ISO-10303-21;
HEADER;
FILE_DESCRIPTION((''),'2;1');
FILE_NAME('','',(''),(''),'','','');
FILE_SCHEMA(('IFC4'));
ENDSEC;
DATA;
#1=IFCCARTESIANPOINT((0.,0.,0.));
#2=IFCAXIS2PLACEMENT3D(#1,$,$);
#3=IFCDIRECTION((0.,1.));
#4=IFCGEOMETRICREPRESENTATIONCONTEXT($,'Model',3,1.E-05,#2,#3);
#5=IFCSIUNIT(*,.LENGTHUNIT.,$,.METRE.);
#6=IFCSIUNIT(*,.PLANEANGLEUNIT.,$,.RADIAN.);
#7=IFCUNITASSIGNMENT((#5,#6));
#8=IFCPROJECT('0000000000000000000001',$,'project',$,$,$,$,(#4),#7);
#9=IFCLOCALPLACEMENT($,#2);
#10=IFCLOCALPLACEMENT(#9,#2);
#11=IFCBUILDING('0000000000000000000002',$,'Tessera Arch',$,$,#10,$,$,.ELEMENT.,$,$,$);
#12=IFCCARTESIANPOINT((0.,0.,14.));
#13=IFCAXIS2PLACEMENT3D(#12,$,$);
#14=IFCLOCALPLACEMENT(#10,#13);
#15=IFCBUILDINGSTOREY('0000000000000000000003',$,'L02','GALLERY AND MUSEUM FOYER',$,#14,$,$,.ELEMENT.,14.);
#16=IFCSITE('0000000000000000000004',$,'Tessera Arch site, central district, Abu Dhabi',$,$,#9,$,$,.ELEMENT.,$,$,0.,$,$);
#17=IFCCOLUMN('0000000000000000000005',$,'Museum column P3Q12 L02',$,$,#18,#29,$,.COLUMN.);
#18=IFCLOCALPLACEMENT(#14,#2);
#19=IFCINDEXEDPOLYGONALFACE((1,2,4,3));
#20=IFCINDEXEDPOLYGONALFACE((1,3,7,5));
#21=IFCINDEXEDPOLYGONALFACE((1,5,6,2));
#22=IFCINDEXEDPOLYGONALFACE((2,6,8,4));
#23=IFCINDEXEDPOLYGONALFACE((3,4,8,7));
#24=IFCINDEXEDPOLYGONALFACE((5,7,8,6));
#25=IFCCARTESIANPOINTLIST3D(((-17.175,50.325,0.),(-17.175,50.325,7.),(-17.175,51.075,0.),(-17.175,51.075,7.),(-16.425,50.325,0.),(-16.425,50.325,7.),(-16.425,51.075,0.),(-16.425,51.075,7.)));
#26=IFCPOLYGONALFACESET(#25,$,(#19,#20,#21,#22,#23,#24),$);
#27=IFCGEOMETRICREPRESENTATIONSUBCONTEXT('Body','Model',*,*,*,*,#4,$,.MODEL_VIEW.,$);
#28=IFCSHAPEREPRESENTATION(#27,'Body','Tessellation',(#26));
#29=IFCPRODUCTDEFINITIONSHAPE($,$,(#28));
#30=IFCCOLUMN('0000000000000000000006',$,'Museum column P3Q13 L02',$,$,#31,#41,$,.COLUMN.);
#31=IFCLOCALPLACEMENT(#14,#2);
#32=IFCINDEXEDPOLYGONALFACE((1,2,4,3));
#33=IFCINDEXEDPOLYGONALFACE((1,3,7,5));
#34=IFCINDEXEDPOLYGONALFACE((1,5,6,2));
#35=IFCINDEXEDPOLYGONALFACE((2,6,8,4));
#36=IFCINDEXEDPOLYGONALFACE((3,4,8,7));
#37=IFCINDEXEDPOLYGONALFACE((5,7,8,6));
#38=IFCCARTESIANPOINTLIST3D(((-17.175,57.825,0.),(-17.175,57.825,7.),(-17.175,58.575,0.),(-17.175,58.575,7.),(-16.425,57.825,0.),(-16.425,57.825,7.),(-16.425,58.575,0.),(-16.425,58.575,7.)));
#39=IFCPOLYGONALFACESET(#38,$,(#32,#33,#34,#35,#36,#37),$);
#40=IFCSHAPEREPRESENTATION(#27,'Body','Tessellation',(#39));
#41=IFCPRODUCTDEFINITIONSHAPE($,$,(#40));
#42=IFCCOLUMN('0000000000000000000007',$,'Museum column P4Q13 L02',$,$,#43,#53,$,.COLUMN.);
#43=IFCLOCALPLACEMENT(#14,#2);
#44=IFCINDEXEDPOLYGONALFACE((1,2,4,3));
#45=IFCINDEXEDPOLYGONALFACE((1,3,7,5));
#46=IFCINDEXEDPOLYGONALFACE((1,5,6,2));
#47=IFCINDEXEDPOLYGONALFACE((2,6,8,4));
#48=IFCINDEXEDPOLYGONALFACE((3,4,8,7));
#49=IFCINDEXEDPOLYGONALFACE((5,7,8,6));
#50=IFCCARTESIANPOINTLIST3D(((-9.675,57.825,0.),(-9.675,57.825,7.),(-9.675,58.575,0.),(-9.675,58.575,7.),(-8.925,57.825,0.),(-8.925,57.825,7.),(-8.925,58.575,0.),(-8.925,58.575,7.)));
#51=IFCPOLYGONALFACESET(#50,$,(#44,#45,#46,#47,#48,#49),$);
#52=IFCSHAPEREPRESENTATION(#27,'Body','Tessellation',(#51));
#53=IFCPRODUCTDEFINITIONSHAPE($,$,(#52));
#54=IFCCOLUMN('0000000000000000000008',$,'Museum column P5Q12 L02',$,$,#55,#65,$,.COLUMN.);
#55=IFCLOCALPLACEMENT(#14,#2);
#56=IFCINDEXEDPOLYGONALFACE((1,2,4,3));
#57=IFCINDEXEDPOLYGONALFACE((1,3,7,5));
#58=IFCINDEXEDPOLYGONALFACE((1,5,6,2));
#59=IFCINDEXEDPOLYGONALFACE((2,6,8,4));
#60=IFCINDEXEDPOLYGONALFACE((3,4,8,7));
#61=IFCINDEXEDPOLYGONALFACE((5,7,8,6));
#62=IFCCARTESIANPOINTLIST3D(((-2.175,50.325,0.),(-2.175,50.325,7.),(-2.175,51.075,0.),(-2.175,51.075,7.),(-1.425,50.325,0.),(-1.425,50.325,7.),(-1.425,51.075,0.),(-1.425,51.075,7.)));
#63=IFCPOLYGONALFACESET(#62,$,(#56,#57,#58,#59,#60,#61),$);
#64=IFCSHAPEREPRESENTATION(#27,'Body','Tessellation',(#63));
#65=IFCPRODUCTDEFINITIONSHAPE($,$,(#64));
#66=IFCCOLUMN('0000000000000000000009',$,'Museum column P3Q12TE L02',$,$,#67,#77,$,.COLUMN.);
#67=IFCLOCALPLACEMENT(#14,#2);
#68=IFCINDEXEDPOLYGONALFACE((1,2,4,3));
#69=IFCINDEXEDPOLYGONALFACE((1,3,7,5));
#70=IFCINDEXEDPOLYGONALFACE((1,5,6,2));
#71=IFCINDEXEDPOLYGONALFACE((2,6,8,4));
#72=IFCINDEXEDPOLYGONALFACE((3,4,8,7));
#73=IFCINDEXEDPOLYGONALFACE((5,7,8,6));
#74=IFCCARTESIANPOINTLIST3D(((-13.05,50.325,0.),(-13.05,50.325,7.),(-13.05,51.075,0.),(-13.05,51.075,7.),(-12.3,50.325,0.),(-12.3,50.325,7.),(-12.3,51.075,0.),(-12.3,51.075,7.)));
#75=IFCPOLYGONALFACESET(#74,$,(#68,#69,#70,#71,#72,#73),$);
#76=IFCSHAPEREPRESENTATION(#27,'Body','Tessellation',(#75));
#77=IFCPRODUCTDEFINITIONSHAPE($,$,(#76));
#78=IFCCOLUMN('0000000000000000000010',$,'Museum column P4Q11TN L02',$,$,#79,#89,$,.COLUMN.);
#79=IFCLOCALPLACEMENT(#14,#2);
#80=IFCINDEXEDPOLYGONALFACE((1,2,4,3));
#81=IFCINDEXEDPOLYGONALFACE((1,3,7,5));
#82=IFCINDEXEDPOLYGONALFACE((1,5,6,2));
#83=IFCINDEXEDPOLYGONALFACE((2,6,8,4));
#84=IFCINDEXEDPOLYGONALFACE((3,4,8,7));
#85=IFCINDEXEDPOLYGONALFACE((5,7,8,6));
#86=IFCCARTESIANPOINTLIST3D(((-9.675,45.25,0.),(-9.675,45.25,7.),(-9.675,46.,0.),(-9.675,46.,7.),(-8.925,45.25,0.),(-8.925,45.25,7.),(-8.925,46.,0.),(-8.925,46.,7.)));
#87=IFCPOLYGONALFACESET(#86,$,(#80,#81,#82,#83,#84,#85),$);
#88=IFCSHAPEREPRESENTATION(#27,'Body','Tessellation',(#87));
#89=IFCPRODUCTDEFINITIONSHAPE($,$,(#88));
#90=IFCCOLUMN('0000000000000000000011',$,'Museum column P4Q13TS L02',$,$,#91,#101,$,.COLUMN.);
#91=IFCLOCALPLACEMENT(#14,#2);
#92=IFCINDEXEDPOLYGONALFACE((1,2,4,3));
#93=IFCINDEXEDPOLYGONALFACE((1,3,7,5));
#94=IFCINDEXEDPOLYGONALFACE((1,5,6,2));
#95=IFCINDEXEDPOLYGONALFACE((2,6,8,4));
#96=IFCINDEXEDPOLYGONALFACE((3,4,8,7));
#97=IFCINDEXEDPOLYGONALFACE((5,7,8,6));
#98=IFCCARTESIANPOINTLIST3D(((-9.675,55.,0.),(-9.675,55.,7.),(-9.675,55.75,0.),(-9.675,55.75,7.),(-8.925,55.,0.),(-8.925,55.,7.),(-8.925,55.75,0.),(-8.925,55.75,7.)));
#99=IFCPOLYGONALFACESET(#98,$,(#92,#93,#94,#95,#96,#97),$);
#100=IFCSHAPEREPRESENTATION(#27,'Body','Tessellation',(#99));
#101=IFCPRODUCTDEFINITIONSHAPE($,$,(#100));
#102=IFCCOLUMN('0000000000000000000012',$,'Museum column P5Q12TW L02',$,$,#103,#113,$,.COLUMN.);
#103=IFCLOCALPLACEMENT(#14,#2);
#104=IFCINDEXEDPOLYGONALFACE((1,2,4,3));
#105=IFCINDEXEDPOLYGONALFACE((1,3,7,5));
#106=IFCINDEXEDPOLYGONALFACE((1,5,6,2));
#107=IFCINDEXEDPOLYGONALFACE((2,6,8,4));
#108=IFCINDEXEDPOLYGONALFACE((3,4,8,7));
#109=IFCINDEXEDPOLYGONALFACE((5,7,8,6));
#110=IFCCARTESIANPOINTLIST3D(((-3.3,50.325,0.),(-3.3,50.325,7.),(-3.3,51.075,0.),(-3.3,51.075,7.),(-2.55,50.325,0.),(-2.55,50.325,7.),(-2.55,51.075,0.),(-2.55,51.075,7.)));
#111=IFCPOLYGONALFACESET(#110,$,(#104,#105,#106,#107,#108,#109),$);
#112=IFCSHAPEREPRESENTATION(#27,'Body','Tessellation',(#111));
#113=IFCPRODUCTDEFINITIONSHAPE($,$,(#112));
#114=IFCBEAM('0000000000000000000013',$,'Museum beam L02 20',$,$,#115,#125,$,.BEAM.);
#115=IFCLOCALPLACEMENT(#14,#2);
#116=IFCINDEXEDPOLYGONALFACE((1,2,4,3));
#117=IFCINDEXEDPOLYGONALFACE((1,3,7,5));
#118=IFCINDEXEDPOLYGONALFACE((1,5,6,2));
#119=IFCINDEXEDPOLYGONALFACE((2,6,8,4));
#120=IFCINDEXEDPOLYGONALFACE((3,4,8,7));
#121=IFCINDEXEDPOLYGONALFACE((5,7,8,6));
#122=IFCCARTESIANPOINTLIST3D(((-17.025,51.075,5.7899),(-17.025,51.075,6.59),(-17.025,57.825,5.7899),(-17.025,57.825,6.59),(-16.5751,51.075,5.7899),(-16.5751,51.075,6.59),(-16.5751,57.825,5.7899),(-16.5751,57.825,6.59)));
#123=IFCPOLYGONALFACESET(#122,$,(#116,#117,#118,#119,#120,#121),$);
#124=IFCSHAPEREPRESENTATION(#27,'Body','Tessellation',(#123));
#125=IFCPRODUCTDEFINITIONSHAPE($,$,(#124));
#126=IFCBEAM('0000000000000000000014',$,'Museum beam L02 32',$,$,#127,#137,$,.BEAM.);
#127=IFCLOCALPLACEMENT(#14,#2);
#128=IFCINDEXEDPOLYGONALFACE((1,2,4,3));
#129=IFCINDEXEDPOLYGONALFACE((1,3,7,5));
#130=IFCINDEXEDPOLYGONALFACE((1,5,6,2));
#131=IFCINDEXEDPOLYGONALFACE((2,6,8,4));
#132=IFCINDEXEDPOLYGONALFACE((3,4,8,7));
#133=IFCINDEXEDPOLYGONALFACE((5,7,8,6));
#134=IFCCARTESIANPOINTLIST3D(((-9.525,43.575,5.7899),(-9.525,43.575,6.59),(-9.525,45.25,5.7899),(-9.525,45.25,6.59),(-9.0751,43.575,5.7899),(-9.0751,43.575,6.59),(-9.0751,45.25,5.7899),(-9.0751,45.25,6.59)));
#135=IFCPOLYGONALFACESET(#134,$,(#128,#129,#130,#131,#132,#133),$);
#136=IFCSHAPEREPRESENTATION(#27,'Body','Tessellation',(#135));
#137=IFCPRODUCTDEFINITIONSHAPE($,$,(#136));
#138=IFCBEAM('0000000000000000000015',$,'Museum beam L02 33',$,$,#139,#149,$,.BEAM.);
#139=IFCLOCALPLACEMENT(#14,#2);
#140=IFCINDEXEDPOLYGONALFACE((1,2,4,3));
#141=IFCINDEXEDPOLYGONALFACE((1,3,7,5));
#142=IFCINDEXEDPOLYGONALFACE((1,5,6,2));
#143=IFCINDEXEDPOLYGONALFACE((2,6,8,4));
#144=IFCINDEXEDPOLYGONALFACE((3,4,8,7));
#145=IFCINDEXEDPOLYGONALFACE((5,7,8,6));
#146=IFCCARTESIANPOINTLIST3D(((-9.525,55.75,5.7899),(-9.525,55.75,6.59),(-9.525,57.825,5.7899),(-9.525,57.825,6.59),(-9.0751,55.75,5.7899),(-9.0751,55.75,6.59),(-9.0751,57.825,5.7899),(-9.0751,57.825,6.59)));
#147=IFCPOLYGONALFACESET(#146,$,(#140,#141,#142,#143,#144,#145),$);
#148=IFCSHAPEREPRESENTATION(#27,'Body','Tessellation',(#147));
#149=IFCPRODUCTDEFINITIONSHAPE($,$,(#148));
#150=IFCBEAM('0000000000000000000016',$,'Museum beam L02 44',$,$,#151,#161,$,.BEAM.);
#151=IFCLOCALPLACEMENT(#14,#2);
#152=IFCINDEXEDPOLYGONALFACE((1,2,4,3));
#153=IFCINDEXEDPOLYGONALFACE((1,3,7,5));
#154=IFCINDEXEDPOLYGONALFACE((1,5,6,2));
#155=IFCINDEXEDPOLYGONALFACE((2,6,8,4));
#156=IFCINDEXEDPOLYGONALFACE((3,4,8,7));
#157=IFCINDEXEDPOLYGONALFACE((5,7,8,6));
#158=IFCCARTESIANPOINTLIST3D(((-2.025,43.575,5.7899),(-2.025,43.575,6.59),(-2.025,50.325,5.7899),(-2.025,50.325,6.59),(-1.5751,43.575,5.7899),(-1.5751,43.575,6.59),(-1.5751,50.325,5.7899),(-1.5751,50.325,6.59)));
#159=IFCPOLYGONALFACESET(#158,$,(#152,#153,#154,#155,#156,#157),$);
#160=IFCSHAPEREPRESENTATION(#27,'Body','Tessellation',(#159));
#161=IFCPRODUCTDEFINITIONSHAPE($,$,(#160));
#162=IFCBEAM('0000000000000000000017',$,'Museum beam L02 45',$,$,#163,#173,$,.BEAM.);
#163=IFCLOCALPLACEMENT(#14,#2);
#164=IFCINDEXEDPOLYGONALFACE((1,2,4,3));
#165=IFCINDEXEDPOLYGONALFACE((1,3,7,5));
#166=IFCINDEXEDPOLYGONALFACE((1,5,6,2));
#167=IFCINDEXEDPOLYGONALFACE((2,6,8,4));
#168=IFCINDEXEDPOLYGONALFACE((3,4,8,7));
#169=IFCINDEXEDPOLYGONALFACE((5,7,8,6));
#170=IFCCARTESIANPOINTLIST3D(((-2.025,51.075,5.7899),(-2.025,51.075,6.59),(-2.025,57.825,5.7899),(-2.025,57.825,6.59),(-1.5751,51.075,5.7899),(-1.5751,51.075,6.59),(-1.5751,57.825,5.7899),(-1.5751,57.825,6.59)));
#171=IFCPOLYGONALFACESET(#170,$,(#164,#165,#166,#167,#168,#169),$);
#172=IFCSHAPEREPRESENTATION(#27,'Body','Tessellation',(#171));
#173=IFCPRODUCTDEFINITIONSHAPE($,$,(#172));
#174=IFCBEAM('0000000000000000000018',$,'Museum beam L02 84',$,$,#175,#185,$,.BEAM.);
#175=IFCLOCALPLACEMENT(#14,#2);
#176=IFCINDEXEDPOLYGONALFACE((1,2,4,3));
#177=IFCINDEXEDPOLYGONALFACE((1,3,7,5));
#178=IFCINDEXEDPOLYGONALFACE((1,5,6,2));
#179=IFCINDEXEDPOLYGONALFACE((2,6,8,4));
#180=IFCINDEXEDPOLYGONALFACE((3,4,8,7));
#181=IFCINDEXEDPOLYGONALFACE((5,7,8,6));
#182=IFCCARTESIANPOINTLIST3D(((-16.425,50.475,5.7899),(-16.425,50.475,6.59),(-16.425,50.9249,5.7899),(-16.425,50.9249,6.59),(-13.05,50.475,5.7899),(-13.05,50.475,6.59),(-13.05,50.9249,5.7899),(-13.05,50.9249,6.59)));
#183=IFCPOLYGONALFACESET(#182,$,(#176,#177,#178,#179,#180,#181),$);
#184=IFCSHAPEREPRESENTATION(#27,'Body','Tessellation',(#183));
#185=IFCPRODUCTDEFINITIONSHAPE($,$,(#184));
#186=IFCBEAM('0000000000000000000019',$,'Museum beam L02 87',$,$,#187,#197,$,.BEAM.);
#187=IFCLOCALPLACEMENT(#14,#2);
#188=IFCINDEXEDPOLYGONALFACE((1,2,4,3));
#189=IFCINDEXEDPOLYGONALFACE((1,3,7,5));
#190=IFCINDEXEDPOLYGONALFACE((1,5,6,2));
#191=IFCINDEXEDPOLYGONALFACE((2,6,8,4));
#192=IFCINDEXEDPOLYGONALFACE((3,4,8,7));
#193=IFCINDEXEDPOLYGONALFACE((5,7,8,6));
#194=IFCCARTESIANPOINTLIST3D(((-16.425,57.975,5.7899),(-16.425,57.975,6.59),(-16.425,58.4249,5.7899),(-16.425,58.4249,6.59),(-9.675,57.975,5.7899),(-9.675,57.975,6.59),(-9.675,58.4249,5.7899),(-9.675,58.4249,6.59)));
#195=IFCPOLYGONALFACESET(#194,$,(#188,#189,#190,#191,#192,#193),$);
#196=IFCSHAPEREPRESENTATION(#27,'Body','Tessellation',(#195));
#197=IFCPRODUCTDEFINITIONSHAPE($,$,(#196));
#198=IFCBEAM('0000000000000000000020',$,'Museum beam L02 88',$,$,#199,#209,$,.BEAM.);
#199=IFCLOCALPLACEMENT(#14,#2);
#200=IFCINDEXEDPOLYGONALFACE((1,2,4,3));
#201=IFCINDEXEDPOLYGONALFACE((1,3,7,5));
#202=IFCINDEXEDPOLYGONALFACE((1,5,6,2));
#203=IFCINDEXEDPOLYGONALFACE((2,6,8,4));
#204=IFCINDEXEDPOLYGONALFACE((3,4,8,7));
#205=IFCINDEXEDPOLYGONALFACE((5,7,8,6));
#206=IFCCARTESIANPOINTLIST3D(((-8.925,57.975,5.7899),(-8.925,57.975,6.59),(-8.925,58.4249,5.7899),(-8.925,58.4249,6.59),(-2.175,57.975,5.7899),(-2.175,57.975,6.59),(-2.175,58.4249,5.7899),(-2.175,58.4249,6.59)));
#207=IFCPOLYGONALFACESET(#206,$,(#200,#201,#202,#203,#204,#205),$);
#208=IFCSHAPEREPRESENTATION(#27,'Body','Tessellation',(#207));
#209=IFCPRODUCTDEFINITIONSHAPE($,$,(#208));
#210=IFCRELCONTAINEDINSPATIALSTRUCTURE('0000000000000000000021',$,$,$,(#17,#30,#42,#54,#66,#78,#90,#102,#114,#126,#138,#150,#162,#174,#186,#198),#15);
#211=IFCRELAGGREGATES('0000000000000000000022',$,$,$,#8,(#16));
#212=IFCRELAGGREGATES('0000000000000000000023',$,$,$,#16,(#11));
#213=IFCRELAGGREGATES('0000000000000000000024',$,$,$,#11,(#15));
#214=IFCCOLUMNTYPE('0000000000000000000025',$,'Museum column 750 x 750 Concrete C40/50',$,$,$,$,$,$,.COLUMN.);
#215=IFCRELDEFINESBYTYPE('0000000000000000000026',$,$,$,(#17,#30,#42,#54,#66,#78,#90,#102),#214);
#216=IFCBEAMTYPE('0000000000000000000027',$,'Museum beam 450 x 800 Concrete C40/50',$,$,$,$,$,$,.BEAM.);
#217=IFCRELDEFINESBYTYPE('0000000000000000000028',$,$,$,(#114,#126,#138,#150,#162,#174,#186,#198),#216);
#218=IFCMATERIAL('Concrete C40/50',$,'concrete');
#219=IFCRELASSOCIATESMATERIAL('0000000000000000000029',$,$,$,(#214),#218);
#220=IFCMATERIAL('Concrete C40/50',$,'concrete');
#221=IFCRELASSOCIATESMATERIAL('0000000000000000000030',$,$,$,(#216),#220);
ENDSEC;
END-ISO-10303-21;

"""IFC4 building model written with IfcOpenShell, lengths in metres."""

from ifc_helpers import new_model, si_unit, direction, frame, origin, origin_2d, place, context, subcontext, project, spatial, rectangle, extrude, material, material_profile, profile_set, type_object, element, save


model = new_model("IFC4")

# Units and contexts
model_context = context("Model", 3, precision=1e-05, world=origin(), true_north=direction((0.0, 1.0)))
body_context = subcontext(model_context, "Body", "Model", "MODEL_VIEW")
ifc_project = project(units=[si_unit("LENGTHUNIT", "METRE"), si_unit("PLANEANGLEUNIT", "RADIAN")], contexts=[model_context])

# Site, building, storey
site_placement = place(None, origin())
site = spatial("IfcSite", under=ifc_project, at=site_placement, Name="Tessera Arch site, central district, Abu Dhabi", CompositionType="ELEMENT", RefElevation=0.0)
building_placement = place(site_placement, origin())
building = spatial("IfcBuilding", under=site, at=building_placement, Name="Tessera Arch", CompositionType="ELEMENT")
storey_placement = place(building_placement, frame((0.0, 0.0, 14.0)))
storey = spatial("IfcBuildingStorey", under=building, at=storey_placement, Name="L02", Description="GALLERY AND MUSEUM FOYER", CompositionType="ELEMENT", Elevation=14.0)

# Columns
ifc_material_1 = material(Name="Concrete C40/50", Category="concrete")
ifc_material_profile_1 = material_profile(ifc_material_1, rectangle(XDim=0.75, YDim=0.75, at=origin_2d()), Name="Museum column 750 x 750 Concrete C40/50")
ifc_profile_set_1 = profile_set([ifc_material_profile_1], Name="Concrete C40/50")
column_type = type_object("IfcColumnType", Name="Museum column 750 x 750 Concrete C40/50", PredefinedType="COLUMN", material=ifc_profile_set_1)
for number, where, z_axis, x_axis, name in (
    (1, (-16.8, 50.7, 0.0), (0.0, 0.0, 1.0), (1.0, 0.0, 0.0), "Museum column P3Q12 L02"),
    (2, (-16.8, 58.2, 0.0), (0.0, 0.0, 1.0), (1.0, 0.0, 0.0), "Museum column P3Q13 L02"),
    (3, (-9.3, 58.2, 0.0), (0.0, 0.0, 1.0), (1.0, 0.0, 0.0), "Museum column P4Q13 L02"),
    (4, (-1.8, 50.7, 0.0), (0.0, 0.0, 1.0), (1.0, 0.0, 0.0), "Museum column P5Q12 L02"),
    (5, (-12.675, 50.7, 0.0), (0.0, 0.0, 1.0), (1.0, 0.0, 0.0), "Museum column P3Q12TE L02"),
    (6, (-9.3, 45.625, 0.0), (0.0, 0.0, 1.0), (1.0, 0.0, 0.0), "Museum column P4Q11TN L02"),
    (7, (-9.3, 55.375, 0.0), (0.0, 0.0, 1.0), (1.0, 0.0, 0.0), "Museum column P4Q13TS L02"),
    (8, (-2.925, 50.7, 0.0), (0.0, 0.0, 1.0), (1.0, 0.0, 0.0), "Museum column P5Q12TW L02"),
):
    element("IfcColumn", number, at=place(storey_placement, frame(where, z_axis=z_axis, x_axis=x_axis)), inside=storey, type_object=column_type, Name=name, PredefinedType="COLUMN", context=body_context, shape_type="SweptSolid", body=[
        extrude(rectangle(XDim=0.75, YDim=0.75, at=origin_2d()), origin(), (0.0, 0.0, 1.0), 7.0),
    ])

# Beams
ifc_material_2 = material(Name="Concrete C40/50", Category="concrete")
ifc_material_profile_2 = material_profile(ifc_material_2, rectangle(XDim=0.45, YDim=0.8, at=origin_2d()), Name="Museum beam 450 x 800 Concrete C40/50")
ifc_profile_set_2 = profile_set([ifc_material_profile_2], Name="Concrete C40/50")
beam_type = type_object("IfcBeamType", Name="Museum beam 450 x 800 Concrete C40/50", PredefinedType="BEAM", material=ifc_profile_set_2)
beam_1_placement = place(storey_placement, frame((-16.8, 51.075, 6.1899), z_axis=(0.0, 1.0, 0.0), x_axis=(-1.0, 0.0, 0.0)))
element("IfcBeam", 9, at=beam_1_placement, inside=storey, type_object=beam_type, Name="Museum beam L02 20", PredefinedType="BEAM", context=body_context, shape_type="SweptSolid", body=[
    extrude(rectangle(XDim=0.45, YDim=0.8, at=origin_2d()), origin(), (0.0, 0.0, 1.0), 6.75),
])
beam_2_placement = place(storey_placement, frame((-9.3, 43.575, 6.1899), z_axis=(0.0, 1.0, 0.0), x_axis=(-1.0, 0.0, 0.0)))
element("IfcBeam", 10, at=beam_2_placement, inside=storey, type_object=beam_type, Name="Museum beam L02 32", PredefinedType="BEAM", context=body_context, shape_type="SweptSolid", body=[
    extrude(rectangle(XDim=0.45, YDim=0.8, at=origin_2d()), origin(), (0.0, 0.0, 1.0), 1.675),
])
beam_3_placement = place(storey_placement, frame((-9.3, 55.75, 6.1899), z_axis=(0.0, 1.0, 0.0), x_axis=(-1.0, 0.0, 0.0)))
element("IfcBeam", 11, at=beam_3_placement, inside=storey, type_object=beam_type, Name="Museum beam L02 33", PredefinedType="BEAM", context=body_context, shape_type="SweptSolid", body=[
    extrude(rectangle(XDim=0.45, YDim=0.8, at=origin_2d()), origin(), (0.0, 0.0, 1.0), 2.075),
])
for number, where, z_axis, x_axis, name in (
    (12, (-1.8, 43.575, 6.1899), (0.0, 1.0, 0.0), (-1.0, 0.0, 0.0), "Museum beam L02 44"),
    (13, (-1.8, 51.075, 6.1899), (0.0, 1.0, 0.0), (-1.0, 0.0, 0.0), "Museum beam L02 45"),
):
    element("IfcBeam", number, at=place(storey_placement, frame(where, z_axis=z_axis, x_axis=x_axis)), inside=storey, type_object=beam_type, Name=name, PredefinedType="BEAM", context=body_context, shape_type="SweptSolid", body=[
        extrude(rectangle(XDim=0.45, YDim=0.8, at=origin_2d()), origin(), (0.0, 0.0, 1.0), 6.75),
    ])
beam_4_placement = place(storey_placement, frame((-16.425, 50.7, 6.1899), z_axis=(1.0, 0.0, 0.0), x_axis=(0.0, 1.0, 0.0)))
element("IfcBeam", 14, at=beam_4_placement, inside=storey, type_object=beam_type, Name="Museum beam L02 84", PredefinedType="BEAM", context=body_context, shape_type="SweptSolid", body=[
    extrude(rectangle(XDim=0.45, YDim=0.8, at=origin_2d()), origin(), (0.0, 0.0, 1.0), 3.375),
])
for number, where, z_axis, x_axis, name in (
    (15, (-16.425, 58.2, 6.1899), (1.0, 0.0, 0.0), (0.0, 1.0, 0.0), "Museum beam L02 87"),
    (16, (-8.925, 58.2, 6.1899), (1.0, 0.0, 0.0), (0.0, 1.0, 0.0), "Museum beam L02 88"),
):
    element("IfcBeam", number, at=place(storey_placement, frame(where, z_axis=z_axis, x_axis=x_axis)), inside=storey, type_object=beam_type, Name=name, PredefinedType="BEAM", context=body_context, shape_type="SweptSolid", body=[
        extrude(rectangle(XDim=0.45, YDim=0.8, at=origin_2d()), origin(), (0.0, 0.0, 1.0), 6.75),
    ])

save(model, "model.ifc")
